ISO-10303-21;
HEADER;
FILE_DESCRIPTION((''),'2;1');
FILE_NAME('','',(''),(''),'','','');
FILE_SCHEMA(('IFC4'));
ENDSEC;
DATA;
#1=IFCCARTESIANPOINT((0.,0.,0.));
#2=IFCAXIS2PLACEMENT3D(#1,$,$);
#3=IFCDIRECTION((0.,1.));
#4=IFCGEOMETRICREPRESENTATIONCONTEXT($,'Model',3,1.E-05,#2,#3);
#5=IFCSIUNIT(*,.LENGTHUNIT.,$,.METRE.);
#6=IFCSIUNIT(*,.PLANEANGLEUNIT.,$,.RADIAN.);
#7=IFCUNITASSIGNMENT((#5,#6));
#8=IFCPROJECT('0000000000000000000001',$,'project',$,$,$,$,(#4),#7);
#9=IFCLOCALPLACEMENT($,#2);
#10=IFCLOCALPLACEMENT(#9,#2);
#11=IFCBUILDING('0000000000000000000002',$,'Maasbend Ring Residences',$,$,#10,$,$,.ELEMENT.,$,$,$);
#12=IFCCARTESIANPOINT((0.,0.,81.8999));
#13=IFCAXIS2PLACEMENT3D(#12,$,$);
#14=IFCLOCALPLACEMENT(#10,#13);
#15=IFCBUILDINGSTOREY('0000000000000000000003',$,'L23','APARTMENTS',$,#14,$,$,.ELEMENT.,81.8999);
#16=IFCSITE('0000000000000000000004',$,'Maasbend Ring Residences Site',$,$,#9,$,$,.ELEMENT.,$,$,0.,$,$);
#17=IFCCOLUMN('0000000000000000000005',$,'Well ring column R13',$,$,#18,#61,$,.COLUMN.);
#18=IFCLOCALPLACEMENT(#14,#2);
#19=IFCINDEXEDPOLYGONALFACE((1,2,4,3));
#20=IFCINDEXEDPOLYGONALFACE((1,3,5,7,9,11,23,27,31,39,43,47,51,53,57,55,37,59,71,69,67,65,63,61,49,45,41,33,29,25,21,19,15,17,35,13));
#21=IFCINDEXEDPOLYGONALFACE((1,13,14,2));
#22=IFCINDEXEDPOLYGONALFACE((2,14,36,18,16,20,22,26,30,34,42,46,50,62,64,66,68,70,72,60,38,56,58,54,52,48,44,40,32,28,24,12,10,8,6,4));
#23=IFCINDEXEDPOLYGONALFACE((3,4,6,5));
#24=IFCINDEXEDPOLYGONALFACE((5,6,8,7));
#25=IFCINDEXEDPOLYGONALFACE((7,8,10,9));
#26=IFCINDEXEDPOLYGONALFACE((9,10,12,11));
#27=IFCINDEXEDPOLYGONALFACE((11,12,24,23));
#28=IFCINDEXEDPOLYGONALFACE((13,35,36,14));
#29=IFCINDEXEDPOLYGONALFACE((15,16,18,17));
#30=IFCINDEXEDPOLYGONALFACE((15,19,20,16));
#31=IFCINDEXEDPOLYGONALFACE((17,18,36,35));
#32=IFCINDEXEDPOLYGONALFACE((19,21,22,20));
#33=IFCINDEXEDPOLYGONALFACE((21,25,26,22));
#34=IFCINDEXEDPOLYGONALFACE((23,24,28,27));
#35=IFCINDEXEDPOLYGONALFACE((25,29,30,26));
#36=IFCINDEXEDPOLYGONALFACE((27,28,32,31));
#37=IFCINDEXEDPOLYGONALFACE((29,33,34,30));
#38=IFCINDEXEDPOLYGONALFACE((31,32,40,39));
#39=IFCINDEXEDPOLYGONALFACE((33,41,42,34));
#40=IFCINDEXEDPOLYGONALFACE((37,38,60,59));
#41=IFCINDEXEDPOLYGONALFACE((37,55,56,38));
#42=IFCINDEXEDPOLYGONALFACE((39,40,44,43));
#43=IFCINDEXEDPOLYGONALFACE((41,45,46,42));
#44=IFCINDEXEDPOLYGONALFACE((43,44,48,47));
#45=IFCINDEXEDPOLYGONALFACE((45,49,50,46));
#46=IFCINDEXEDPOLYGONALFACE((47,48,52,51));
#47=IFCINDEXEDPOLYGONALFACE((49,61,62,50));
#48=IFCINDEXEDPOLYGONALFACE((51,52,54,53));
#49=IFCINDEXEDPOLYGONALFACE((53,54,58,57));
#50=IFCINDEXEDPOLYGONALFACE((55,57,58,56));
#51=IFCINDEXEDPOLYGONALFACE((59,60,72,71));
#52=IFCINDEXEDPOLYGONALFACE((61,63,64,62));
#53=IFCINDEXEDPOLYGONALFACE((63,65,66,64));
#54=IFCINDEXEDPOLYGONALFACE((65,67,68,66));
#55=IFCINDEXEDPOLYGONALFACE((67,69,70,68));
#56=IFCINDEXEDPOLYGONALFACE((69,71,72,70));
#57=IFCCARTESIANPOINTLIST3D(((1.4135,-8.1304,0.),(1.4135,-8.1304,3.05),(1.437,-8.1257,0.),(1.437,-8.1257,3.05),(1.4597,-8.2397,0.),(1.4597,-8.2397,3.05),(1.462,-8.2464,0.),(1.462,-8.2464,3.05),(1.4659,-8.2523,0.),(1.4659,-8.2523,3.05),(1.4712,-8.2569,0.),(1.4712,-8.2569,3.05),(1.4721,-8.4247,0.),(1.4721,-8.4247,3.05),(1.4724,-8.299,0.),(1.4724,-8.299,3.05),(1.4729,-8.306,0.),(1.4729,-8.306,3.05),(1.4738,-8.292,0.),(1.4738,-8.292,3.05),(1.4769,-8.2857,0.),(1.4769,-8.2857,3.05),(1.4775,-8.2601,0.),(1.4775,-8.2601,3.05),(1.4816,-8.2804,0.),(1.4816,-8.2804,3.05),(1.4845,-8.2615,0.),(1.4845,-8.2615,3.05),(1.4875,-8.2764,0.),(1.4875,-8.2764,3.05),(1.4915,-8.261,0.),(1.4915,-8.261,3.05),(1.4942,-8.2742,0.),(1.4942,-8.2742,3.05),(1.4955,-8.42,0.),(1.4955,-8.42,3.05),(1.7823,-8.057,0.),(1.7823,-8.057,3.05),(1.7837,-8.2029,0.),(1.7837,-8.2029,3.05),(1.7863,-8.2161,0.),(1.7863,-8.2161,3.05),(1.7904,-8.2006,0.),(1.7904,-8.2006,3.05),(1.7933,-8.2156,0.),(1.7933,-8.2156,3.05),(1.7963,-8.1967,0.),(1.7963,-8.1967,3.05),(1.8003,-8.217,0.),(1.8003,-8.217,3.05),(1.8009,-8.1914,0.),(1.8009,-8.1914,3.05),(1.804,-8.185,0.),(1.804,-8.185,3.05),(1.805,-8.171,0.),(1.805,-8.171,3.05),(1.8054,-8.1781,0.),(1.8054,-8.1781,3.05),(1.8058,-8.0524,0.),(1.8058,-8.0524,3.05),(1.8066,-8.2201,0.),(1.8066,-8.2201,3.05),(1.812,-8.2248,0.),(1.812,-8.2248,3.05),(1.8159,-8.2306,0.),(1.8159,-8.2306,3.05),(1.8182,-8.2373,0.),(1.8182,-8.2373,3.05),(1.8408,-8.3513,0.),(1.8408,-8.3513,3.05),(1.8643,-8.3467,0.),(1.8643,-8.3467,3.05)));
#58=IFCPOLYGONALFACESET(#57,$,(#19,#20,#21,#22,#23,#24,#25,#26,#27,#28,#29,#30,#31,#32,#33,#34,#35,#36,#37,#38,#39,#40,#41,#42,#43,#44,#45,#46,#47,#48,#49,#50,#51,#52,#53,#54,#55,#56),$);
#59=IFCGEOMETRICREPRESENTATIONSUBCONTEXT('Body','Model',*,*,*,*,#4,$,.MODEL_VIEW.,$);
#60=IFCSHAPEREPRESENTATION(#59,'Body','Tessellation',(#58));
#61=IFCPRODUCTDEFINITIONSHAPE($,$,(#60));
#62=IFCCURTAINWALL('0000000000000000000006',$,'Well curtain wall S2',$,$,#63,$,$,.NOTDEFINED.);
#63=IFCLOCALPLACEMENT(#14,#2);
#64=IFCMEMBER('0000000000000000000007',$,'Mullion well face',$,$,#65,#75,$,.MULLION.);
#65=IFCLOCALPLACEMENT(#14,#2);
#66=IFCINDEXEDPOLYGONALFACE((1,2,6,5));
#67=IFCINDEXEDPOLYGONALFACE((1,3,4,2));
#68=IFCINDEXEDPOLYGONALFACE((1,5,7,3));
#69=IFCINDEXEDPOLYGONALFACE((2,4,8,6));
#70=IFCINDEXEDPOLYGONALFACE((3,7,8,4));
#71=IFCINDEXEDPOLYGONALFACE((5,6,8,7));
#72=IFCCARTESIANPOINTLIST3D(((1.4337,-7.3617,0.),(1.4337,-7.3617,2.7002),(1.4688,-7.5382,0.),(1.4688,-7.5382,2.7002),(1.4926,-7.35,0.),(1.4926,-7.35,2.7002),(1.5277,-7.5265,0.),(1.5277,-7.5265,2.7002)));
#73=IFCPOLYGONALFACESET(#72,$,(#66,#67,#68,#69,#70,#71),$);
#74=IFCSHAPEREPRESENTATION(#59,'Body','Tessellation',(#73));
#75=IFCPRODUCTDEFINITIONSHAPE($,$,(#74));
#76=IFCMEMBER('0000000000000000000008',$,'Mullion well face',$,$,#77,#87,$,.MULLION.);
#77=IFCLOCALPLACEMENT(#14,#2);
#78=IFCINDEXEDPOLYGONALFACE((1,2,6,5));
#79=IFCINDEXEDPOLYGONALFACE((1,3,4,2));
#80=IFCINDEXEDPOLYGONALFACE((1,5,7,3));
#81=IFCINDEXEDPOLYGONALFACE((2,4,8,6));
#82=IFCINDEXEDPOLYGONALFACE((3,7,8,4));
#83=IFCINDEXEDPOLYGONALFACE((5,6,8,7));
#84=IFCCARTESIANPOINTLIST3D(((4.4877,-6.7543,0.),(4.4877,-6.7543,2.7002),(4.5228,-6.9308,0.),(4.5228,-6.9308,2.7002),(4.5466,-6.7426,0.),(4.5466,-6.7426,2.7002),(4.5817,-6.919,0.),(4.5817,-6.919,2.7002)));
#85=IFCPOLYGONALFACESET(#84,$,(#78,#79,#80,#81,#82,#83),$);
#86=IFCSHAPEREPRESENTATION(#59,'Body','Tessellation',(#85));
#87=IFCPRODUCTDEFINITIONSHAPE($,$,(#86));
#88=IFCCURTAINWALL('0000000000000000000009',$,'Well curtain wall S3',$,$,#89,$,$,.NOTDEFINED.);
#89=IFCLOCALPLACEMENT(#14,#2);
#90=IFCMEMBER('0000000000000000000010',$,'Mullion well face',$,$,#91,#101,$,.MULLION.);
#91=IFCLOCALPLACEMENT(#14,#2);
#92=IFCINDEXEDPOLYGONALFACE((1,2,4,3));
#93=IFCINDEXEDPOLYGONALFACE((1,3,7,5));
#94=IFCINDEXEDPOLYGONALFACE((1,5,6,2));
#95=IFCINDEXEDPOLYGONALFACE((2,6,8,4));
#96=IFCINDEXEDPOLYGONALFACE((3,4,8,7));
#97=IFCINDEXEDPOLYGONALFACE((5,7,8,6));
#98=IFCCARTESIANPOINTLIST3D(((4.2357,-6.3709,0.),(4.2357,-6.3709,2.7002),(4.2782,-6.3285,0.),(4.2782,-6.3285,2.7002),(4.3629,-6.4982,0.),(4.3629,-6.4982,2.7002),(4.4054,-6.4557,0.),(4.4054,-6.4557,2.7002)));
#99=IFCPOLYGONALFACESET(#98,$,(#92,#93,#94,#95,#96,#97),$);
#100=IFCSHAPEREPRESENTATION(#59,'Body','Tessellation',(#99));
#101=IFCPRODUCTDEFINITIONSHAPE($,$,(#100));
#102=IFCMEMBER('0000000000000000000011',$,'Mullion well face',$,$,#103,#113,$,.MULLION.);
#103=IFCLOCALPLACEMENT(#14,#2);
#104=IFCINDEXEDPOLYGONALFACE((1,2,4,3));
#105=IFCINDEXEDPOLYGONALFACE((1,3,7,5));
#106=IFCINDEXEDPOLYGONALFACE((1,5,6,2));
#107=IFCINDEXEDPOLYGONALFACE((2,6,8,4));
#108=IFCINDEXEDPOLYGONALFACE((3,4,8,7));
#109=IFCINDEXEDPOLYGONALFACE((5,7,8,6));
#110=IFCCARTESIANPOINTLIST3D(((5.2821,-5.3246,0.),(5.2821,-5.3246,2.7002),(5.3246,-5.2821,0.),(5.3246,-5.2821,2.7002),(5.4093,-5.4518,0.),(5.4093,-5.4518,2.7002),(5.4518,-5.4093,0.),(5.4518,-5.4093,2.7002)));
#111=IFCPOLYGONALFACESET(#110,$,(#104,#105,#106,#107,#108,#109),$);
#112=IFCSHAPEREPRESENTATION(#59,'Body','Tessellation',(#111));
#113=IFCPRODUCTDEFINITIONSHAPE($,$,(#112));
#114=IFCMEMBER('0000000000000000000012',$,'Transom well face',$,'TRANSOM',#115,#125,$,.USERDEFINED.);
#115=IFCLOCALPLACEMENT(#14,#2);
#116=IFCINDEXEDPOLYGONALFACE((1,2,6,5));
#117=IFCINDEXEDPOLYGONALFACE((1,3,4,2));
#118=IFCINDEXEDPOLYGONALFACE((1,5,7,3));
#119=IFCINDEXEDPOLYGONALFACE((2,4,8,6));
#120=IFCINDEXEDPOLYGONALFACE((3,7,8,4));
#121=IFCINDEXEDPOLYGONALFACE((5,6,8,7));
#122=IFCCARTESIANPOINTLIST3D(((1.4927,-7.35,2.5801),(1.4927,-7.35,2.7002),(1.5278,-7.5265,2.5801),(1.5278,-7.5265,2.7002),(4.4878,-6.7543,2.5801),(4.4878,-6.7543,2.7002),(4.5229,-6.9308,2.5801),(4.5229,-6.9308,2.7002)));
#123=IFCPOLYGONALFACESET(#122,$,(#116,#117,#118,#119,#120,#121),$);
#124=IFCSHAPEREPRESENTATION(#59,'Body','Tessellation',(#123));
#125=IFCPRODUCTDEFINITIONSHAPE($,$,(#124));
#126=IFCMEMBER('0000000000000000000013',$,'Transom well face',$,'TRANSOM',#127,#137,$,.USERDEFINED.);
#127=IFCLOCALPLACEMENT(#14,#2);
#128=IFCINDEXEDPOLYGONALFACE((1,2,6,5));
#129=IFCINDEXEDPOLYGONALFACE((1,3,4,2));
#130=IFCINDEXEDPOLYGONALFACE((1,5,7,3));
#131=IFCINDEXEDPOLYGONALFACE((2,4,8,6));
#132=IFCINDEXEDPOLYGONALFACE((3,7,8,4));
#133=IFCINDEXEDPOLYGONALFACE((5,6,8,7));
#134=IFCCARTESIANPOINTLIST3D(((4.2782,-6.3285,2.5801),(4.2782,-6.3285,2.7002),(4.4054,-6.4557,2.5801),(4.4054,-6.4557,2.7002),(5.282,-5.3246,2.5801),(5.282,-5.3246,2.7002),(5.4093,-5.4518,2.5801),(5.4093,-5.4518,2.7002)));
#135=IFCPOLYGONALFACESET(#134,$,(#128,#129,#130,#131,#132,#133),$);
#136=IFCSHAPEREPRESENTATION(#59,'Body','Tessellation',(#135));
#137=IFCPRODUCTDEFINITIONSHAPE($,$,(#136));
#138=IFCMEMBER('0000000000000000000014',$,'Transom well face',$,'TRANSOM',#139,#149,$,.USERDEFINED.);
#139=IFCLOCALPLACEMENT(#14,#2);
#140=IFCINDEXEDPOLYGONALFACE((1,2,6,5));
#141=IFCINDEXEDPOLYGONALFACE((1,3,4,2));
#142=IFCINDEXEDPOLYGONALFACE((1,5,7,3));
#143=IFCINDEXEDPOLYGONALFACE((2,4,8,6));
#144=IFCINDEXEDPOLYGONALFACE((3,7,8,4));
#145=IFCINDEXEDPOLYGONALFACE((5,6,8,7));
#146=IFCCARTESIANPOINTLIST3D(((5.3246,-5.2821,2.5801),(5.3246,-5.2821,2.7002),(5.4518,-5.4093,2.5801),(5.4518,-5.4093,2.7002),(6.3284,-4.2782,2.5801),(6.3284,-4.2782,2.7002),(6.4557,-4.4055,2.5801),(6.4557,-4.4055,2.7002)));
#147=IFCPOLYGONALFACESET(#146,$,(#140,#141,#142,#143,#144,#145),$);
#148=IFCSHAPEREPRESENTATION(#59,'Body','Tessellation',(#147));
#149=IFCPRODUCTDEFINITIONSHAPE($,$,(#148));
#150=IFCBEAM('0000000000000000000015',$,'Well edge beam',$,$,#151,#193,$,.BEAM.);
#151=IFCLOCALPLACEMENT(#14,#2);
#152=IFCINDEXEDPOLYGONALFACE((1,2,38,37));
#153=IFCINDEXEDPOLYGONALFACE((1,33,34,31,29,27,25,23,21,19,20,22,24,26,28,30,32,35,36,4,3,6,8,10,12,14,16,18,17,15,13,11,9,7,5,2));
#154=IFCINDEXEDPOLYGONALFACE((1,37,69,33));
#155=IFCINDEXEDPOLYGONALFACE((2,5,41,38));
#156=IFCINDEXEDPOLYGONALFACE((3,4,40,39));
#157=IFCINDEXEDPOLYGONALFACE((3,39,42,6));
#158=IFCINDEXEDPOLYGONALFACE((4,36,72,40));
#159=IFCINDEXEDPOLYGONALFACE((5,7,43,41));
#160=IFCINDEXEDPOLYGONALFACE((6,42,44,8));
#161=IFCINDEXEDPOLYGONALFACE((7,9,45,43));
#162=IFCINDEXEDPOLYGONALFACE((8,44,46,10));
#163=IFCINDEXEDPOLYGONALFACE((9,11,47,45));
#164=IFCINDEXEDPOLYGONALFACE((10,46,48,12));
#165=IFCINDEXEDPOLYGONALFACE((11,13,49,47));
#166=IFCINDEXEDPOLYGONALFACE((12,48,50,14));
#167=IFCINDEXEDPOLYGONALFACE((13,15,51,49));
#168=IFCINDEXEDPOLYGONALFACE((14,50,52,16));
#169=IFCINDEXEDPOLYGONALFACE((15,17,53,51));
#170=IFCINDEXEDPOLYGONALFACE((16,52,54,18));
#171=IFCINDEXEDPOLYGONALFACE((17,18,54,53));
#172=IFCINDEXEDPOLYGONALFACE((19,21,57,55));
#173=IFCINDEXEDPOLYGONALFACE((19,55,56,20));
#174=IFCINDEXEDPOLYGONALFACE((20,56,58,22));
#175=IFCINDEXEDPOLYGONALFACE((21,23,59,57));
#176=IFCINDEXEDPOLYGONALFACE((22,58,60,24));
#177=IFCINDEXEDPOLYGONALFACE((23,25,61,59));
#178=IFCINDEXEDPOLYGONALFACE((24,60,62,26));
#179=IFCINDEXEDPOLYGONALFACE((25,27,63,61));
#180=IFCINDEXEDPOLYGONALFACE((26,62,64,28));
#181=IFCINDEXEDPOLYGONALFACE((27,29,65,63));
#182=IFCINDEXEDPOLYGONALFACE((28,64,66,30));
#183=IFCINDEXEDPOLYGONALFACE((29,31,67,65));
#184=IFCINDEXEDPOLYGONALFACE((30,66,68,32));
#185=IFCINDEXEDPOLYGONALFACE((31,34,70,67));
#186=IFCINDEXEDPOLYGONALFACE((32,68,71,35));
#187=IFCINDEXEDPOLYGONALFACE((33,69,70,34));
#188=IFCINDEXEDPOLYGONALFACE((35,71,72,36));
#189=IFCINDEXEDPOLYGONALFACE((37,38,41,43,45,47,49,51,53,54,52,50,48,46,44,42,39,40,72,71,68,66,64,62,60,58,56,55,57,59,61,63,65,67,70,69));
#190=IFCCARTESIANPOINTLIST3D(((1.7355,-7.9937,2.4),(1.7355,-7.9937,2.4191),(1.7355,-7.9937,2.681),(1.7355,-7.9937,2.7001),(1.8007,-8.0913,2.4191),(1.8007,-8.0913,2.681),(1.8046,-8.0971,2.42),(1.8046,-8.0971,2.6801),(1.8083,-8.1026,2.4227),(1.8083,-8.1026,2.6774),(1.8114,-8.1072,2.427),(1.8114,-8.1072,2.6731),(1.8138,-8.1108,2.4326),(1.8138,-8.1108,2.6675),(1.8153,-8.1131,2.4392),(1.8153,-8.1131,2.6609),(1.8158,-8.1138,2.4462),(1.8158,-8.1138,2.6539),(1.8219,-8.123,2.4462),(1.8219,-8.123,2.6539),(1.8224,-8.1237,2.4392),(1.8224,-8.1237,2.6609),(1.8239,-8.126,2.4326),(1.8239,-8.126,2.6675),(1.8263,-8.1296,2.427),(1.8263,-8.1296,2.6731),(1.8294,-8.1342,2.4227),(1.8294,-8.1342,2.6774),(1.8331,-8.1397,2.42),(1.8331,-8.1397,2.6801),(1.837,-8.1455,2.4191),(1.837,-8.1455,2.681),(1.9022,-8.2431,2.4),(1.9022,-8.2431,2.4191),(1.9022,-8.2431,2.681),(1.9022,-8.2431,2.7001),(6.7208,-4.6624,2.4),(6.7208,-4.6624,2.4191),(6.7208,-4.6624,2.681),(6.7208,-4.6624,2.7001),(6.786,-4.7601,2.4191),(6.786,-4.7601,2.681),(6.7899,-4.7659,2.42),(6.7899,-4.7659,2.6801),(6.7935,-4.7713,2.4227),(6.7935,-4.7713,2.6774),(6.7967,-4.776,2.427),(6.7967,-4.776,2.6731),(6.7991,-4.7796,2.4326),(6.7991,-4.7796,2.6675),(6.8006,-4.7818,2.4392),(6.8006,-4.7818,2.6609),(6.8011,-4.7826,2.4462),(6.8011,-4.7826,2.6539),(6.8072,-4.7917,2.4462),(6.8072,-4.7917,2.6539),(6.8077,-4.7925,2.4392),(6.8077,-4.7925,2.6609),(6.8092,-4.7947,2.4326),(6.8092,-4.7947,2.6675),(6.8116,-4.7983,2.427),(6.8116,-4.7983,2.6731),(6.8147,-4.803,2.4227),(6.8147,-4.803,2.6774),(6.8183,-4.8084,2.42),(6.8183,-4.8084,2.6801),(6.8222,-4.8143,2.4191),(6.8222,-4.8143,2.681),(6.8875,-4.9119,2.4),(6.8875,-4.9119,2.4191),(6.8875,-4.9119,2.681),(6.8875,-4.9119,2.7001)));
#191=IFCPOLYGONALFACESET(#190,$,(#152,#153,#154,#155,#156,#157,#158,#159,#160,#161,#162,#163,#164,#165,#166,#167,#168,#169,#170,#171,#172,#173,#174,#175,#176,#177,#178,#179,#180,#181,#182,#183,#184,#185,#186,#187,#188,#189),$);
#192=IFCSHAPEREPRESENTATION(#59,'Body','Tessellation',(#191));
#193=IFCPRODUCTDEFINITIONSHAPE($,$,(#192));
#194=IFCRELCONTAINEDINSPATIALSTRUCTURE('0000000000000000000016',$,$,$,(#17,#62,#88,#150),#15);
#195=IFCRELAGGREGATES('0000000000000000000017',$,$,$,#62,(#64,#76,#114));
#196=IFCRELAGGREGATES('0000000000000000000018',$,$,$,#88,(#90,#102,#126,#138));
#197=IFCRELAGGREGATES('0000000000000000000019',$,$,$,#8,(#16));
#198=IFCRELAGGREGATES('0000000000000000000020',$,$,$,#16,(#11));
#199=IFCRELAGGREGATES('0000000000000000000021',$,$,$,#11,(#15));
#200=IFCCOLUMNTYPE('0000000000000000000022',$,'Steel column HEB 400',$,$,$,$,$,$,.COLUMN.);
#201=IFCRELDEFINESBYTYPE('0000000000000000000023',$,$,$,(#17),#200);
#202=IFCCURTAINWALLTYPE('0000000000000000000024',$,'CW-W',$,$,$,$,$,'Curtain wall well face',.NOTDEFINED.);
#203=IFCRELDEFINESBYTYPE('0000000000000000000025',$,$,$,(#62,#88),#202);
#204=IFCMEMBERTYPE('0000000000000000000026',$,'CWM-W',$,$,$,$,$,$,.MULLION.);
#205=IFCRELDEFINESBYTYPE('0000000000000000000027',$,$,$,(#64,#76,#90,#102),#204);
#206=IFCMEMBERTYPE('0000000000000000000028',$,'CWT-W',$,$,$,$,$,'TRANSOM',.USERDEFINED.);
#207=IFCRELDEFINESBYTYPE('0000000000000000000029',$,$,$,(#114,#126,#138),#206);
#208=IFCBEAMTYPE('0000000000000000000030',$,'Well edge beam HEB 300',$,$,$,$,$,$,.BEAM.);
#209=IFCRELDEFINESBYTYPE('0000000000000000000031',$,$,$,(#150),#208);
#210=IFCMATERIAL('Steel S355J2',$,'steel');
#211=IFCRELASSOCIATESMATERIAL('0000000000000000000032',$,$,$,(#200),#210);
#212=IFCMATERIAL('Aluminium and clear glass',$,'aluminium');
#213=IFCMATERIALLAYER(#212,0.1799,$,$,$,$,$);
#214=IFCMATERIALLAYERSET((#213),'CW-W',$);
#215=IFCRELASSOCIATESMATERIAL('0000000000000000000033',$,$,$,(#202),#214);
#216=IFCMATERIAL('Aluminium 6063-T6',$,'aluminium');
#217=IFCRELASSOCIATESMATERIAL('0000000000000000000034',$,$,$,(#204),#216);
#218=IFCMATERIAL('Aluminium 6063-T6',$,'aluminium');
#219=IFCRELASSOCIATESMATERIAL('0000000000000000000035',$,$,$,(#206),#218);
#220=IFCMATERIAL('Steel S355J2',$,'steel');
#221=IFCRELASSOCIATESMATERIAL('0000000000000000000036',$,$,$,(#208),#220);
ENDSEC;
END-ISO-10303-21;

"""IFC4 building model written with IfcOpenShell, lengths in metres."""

from ifc_helpers import new_model, si_unit, direction, frame, origin, origin_2d, place, context, subcontext, project, spatial, rectangle, i_section, extrude, material, layer, layer_set, material_profile, profile_set, type_object, element, aggregate, save


model = new_model("IFC4")

# Units and contexts
model_context = context("Model", 3, precision=1e-05, world=origin(), true_north=direction((0.0, 1.0)))
body_context = subcontext(model_context, "Body", "Model", "MODEL_VIEW")
ifc_project = project(units=[si_unit("LENGTHUNIT", "METRE"), si_unit("PLANEANGLEUNIT", "RADIAN")], contexts=[model_context])

# Site, building, storey
site_placement = place(None, origin())
site = spatial("IfcSite", under=ifc_project, at=site_placement, Name="Maasbend Ring Residences Site", CompositionType="ELEMENT", RefElevation=0.0)
building_placement = place(site_placement, origin())
building = spatial("IfcBuilding", under=site, at=building_placement, Name="Maasbend Ring Residences", CompositionType="ELEMENT")
storey_placement = place(building_placement, frame((0.0, 0.0, 81.8999)))
storey = spatial("IfcBuildingStorey", under=building, at=storey_placement, Name="L23", Description="APARTMENTS", CompositionType="ELEMENT", Elevation=81.8999)

# Column
ifc_material_1 = material(Name="Steel S355J2", Category="steel")
ifc_material_profile_1 = material_profile(ifc_material_1, i_section(OverallWidth=0.3, OverallDepth=0.3999, WebThickness=0.0134, FlangeThickness=0.0239, FilletRadius=0.0271, at=origin_2d()), Name="HEB 400")
ifc_profile_set_1 = profile_set([ifc_material_profile_1], Name="Steel S355J2")
column_type = type_object("IfcColumnType", Name="Steel column HEB 400", PredefinedType="COLUMN", material=ifc_profile_set_1)
column_placement = place(storey_placement, frame((1.6389, -8.2385, 0.0), z_axis=(0.0, 0.0, 1.0), x_axis=(0.19509, -0.980785, 0.0)))
element("IfcColumn", 1, at=column_placement, inside=storey, type_object=column_type, Name="Well ring column R13", PredefinedType="COLUMN", context=body_context, shape_type="SweptSolid", body=[
    extrude(i_section(OverallWidth=0.3, OverallDepth=0.3999, WebThickness=0.0134, FlangeThickness=0.0239, FilletRadius=0.0271, at=origin_2d()), origin(), (0.0, 0.0, 1.0), 3.05),
])

# Curtain walls, members
ifc_material_2 = material(Name="Aluminium and clear glass", Category="aluminium")
ifc_layer_1 = layer(ifc_material_2, 0.1799)
ifc_layer_set_1 = layer_set([ifc_layer_1], Name="CW-W")
curtain_wall_type = type_object("IfcCurtainWallType", Name="CW-W", ElementType="Curtain wall well face", PredefinedType="NOTDEFINED", material=ifc_layer_set_1)
curtain_wall_1_placement = place(storey_placement, origin())
curtain_wall_1 = element("IfcCurtainWall", 2, at=curtain_wall_1_placement, inside=storey, type_object=curtain_wall_type, Name="Well curtain wall S2", PredefinedType="NOTDEFINED")
ifc_material_3 = material(Name="Aluminium 6063-T6", Category="aluminium")
ifc_material_profile_2 = material_profile(ifc_material_3, rectangle(XDim=0.1799, YDim=0.0601, at=origin_2d()), Name="AL 180x60")
ifc_profile_set_2 = profile_set([ifc_material_profile_2], Name="Aluminium 6063-T6")
member_type_1 = type_object("IfcMemberType", Name="CWM-W", PredefinedType="MULLION", material=ifc_profile_set_2)
member_1_placement = place(storey_placement, frame((1.4807, -7.4441, 0.0), z_axis=(0.0, 0.0, 1.0), x_axis=(-0.19509, 0.980785, 0.0)))
member_1 = element("IfcMember", 3, at=member_1_placement, type_object=member_type_1, Name="Mullion well face", PredefinedType="MULLION", context=body_context, shape_type="SweptSolid", body=[
    extrude(rectangle(XDim=0.1799, YDim=0.0601, at=origin_2d()), origin(), (0.0, 0.0, 1.0), 2.7002),
])
member_2_placement = place(storey_placement, frame((4.5347, -6.8367, 0.0), z_axis=(0.0, 0.0, 1.0), x_axis=(-0.19509, 0.980785, 0.0)))
member_2 = element("IfcMember", 4, at=member_2_placement, type_object=member_type_1, Name="Mullion well face", PredefinedType="MULLION", context=body_context, shape_type="SweptSolid", body=[
    extrude(rectangle(XDim=0.1799, YDim=0.0601, at=origin_2d()), origin(), (0.0, 0.0, 1.0), 2.7002),
])
curtain_wall_2_placement = place(storey_placement, origin())
curtain_wall_2 = element("IfcCurtainWall", 5, at=curtain_wall_2_placement, inside=storey, type_object=curtain_wall_type, Name="Well curtain wall S3", PredefinedType="NOTDEFINED")
member_3_placement = place(storey_placement, frame((4.3206, -6.4133, 0.0), z_axis=(0.0, 0.0, 1.0), x_axis=(-0.707107, 0.707107, 0.0)))
member_3 = element("IfcMember", 6, at=member_3_placement, type_object=member_type_1, Name="Mullion well face", PredefinedType="MULLION", context=body_context, shape_type="SweptSolid", body=[
    extrude(rectangle(XDim=0.1799, YDim=0.0601, at=origin_2d()), origin(), (0.0, 0.0, 1.0), 2.7002),
])
member_4_placement = place(storey_placement, frame((5.3669, -5.3669, 0.0), z_axis=(0.0, 0.0, 1.0), x_axis=(-0.707107, 0.707107, 0.0)))
member_4 = element("IfcMember", 7, at=member_4_placement, type_object=member_type_1, Name="Mullion well face", PredefinedType="MULLION", context=body_context, shape_type="SweptSolid", body=[
    extrude(rectangle(XDim=0.1799, YDim=0.0601, at=origin_2d()), origin(), (0.0, 0.0, 1.0), 2.7002),
])

# Members
ifc_material_4 = material(Name="Aluminium 6063-T6", Category="aluminium")
ifc_material_profile_3 = material_profile(ifc_material_4, rectangle(XDim=0.1799, YDim=0.1201, at=origin_2d()), Name="AL 180x120")
ifc_profile_set_3 = profile_set([ifc_material_profile_3], Name="Aluminium 6063-T6")
member_type_2 = type_object("IfcMemberType", Name="CWT-W", ElementType="TRANSOM", PredefinedType="USERDEFINED", material=ifc_profile_set_3)
member_5_placement = place(storey_placement, frame((1.5103, -7.4382, 2.6401), z_axis=(0.980789, 0.195071, 0.0), x_axis=(-0.195071, 0.980789, 0.0)))
member_5 = element("IfcMember", 8, at=member_5_placement, type_object=member_type_2, Name="Transom well face", ObjectType="TRANSOM", PredefinedType="USERDEFINED", context=body_context, shape_type="SweptSolid", body=[
    extrude(rectangle(XDim=0.1799, YDim=0.1201, at=origin_2d()), origin(), (0.0, 0.0, 1.0), 3.0537),
])
member_6_placement = place(storey_placement, frame((4.3418, -6.3921, 2.6401), z_axis=(0.707107, 0.707107, 0.0), x_axis=(-0.707107, 0.707107, 0.0)))
member_6 = element("IfcMember", 9, at=member_6_placement, type_object=member_type_2, Name="Transom well face", ObjectType="TRANSOM", PredefinedType="USERDEFINED", context=body_context, shape_type="SweptSolid", body=[
    extrude(rectangle(XDim=0.1799, YDim=0.1201, at=origin_2d()), origin(), (0.0, 0.0, 1.0), 1.4197),
])
member_7_placement = place(storey_placement, frame((5.3882, -5.3457, 2.6401), z_axis=(0.707107, 0.707107, 0.0), x_axis=(-0.707107, 0.707107, 0.0)))
member_7 = element("IfcMember", 10, at=member_7_placement, type_object=member_type_2, Name="Transom well face", ObjectType="TRANSOM", PredefinedType="USERDEFINED", context=body_context, shape_type="SweptSolid", body=[
    extrude(rectangle(XDim=0.1799, YDim=0.1201, at=origin_2d()), origin(), (0.0, 0.0, 1.0), 1.4197),
])

# Beam
ifc_material_5 = material(Name="Steel S355J2", Category="steel")
ifc_material_profile_4 = material_profile(ifc_material_5, i_section(OverallWidth=0.3, OverallDepth=0.3, WebThickness=0.011, FlangeThickness=0.019, FilletRadius=0.0271, at=origin_2d()), Name="HEB 300")
ifc_profile_set_4 = profile_set([ifc_material_profile_4], Name="Steel S355J2")
beam_type = type_object("IfcBeamType", Name="Well edge beam HEB 300", PredefinedType="BEAM", material=ifc_profile_set_4)
beam_placement = place(storey_placement, frame((1.8188, -8.1184, 2.55), z_axis=(0.831455, 0.555593, 0.0), x_axis=(-0.555593, 0.831455, 0.0)))
element("IfcBeam", 11, at=beam_placement, inside=storey, type_object=beam_type, Name="Well edge beam", PredefinedType="BEAM", context=body_context, shape_type="SweptSolid", body=[
    extrude(i_section(OverallWidth=0.3, OverallDepth=0.3, WebThickness=0.011, FlangeThickness=0.019, FilletRadius=0.0271, at=origin_2d()), origin(), (0.0, 0.0, 1.0), 5.9958),
])

aggregate(curtain_wall_1, [member_1, member_2, member_5])
aggregate(curtain_wall_2, [member_3, member_4, member_6, member_7])

save(model, "model.ifc")
